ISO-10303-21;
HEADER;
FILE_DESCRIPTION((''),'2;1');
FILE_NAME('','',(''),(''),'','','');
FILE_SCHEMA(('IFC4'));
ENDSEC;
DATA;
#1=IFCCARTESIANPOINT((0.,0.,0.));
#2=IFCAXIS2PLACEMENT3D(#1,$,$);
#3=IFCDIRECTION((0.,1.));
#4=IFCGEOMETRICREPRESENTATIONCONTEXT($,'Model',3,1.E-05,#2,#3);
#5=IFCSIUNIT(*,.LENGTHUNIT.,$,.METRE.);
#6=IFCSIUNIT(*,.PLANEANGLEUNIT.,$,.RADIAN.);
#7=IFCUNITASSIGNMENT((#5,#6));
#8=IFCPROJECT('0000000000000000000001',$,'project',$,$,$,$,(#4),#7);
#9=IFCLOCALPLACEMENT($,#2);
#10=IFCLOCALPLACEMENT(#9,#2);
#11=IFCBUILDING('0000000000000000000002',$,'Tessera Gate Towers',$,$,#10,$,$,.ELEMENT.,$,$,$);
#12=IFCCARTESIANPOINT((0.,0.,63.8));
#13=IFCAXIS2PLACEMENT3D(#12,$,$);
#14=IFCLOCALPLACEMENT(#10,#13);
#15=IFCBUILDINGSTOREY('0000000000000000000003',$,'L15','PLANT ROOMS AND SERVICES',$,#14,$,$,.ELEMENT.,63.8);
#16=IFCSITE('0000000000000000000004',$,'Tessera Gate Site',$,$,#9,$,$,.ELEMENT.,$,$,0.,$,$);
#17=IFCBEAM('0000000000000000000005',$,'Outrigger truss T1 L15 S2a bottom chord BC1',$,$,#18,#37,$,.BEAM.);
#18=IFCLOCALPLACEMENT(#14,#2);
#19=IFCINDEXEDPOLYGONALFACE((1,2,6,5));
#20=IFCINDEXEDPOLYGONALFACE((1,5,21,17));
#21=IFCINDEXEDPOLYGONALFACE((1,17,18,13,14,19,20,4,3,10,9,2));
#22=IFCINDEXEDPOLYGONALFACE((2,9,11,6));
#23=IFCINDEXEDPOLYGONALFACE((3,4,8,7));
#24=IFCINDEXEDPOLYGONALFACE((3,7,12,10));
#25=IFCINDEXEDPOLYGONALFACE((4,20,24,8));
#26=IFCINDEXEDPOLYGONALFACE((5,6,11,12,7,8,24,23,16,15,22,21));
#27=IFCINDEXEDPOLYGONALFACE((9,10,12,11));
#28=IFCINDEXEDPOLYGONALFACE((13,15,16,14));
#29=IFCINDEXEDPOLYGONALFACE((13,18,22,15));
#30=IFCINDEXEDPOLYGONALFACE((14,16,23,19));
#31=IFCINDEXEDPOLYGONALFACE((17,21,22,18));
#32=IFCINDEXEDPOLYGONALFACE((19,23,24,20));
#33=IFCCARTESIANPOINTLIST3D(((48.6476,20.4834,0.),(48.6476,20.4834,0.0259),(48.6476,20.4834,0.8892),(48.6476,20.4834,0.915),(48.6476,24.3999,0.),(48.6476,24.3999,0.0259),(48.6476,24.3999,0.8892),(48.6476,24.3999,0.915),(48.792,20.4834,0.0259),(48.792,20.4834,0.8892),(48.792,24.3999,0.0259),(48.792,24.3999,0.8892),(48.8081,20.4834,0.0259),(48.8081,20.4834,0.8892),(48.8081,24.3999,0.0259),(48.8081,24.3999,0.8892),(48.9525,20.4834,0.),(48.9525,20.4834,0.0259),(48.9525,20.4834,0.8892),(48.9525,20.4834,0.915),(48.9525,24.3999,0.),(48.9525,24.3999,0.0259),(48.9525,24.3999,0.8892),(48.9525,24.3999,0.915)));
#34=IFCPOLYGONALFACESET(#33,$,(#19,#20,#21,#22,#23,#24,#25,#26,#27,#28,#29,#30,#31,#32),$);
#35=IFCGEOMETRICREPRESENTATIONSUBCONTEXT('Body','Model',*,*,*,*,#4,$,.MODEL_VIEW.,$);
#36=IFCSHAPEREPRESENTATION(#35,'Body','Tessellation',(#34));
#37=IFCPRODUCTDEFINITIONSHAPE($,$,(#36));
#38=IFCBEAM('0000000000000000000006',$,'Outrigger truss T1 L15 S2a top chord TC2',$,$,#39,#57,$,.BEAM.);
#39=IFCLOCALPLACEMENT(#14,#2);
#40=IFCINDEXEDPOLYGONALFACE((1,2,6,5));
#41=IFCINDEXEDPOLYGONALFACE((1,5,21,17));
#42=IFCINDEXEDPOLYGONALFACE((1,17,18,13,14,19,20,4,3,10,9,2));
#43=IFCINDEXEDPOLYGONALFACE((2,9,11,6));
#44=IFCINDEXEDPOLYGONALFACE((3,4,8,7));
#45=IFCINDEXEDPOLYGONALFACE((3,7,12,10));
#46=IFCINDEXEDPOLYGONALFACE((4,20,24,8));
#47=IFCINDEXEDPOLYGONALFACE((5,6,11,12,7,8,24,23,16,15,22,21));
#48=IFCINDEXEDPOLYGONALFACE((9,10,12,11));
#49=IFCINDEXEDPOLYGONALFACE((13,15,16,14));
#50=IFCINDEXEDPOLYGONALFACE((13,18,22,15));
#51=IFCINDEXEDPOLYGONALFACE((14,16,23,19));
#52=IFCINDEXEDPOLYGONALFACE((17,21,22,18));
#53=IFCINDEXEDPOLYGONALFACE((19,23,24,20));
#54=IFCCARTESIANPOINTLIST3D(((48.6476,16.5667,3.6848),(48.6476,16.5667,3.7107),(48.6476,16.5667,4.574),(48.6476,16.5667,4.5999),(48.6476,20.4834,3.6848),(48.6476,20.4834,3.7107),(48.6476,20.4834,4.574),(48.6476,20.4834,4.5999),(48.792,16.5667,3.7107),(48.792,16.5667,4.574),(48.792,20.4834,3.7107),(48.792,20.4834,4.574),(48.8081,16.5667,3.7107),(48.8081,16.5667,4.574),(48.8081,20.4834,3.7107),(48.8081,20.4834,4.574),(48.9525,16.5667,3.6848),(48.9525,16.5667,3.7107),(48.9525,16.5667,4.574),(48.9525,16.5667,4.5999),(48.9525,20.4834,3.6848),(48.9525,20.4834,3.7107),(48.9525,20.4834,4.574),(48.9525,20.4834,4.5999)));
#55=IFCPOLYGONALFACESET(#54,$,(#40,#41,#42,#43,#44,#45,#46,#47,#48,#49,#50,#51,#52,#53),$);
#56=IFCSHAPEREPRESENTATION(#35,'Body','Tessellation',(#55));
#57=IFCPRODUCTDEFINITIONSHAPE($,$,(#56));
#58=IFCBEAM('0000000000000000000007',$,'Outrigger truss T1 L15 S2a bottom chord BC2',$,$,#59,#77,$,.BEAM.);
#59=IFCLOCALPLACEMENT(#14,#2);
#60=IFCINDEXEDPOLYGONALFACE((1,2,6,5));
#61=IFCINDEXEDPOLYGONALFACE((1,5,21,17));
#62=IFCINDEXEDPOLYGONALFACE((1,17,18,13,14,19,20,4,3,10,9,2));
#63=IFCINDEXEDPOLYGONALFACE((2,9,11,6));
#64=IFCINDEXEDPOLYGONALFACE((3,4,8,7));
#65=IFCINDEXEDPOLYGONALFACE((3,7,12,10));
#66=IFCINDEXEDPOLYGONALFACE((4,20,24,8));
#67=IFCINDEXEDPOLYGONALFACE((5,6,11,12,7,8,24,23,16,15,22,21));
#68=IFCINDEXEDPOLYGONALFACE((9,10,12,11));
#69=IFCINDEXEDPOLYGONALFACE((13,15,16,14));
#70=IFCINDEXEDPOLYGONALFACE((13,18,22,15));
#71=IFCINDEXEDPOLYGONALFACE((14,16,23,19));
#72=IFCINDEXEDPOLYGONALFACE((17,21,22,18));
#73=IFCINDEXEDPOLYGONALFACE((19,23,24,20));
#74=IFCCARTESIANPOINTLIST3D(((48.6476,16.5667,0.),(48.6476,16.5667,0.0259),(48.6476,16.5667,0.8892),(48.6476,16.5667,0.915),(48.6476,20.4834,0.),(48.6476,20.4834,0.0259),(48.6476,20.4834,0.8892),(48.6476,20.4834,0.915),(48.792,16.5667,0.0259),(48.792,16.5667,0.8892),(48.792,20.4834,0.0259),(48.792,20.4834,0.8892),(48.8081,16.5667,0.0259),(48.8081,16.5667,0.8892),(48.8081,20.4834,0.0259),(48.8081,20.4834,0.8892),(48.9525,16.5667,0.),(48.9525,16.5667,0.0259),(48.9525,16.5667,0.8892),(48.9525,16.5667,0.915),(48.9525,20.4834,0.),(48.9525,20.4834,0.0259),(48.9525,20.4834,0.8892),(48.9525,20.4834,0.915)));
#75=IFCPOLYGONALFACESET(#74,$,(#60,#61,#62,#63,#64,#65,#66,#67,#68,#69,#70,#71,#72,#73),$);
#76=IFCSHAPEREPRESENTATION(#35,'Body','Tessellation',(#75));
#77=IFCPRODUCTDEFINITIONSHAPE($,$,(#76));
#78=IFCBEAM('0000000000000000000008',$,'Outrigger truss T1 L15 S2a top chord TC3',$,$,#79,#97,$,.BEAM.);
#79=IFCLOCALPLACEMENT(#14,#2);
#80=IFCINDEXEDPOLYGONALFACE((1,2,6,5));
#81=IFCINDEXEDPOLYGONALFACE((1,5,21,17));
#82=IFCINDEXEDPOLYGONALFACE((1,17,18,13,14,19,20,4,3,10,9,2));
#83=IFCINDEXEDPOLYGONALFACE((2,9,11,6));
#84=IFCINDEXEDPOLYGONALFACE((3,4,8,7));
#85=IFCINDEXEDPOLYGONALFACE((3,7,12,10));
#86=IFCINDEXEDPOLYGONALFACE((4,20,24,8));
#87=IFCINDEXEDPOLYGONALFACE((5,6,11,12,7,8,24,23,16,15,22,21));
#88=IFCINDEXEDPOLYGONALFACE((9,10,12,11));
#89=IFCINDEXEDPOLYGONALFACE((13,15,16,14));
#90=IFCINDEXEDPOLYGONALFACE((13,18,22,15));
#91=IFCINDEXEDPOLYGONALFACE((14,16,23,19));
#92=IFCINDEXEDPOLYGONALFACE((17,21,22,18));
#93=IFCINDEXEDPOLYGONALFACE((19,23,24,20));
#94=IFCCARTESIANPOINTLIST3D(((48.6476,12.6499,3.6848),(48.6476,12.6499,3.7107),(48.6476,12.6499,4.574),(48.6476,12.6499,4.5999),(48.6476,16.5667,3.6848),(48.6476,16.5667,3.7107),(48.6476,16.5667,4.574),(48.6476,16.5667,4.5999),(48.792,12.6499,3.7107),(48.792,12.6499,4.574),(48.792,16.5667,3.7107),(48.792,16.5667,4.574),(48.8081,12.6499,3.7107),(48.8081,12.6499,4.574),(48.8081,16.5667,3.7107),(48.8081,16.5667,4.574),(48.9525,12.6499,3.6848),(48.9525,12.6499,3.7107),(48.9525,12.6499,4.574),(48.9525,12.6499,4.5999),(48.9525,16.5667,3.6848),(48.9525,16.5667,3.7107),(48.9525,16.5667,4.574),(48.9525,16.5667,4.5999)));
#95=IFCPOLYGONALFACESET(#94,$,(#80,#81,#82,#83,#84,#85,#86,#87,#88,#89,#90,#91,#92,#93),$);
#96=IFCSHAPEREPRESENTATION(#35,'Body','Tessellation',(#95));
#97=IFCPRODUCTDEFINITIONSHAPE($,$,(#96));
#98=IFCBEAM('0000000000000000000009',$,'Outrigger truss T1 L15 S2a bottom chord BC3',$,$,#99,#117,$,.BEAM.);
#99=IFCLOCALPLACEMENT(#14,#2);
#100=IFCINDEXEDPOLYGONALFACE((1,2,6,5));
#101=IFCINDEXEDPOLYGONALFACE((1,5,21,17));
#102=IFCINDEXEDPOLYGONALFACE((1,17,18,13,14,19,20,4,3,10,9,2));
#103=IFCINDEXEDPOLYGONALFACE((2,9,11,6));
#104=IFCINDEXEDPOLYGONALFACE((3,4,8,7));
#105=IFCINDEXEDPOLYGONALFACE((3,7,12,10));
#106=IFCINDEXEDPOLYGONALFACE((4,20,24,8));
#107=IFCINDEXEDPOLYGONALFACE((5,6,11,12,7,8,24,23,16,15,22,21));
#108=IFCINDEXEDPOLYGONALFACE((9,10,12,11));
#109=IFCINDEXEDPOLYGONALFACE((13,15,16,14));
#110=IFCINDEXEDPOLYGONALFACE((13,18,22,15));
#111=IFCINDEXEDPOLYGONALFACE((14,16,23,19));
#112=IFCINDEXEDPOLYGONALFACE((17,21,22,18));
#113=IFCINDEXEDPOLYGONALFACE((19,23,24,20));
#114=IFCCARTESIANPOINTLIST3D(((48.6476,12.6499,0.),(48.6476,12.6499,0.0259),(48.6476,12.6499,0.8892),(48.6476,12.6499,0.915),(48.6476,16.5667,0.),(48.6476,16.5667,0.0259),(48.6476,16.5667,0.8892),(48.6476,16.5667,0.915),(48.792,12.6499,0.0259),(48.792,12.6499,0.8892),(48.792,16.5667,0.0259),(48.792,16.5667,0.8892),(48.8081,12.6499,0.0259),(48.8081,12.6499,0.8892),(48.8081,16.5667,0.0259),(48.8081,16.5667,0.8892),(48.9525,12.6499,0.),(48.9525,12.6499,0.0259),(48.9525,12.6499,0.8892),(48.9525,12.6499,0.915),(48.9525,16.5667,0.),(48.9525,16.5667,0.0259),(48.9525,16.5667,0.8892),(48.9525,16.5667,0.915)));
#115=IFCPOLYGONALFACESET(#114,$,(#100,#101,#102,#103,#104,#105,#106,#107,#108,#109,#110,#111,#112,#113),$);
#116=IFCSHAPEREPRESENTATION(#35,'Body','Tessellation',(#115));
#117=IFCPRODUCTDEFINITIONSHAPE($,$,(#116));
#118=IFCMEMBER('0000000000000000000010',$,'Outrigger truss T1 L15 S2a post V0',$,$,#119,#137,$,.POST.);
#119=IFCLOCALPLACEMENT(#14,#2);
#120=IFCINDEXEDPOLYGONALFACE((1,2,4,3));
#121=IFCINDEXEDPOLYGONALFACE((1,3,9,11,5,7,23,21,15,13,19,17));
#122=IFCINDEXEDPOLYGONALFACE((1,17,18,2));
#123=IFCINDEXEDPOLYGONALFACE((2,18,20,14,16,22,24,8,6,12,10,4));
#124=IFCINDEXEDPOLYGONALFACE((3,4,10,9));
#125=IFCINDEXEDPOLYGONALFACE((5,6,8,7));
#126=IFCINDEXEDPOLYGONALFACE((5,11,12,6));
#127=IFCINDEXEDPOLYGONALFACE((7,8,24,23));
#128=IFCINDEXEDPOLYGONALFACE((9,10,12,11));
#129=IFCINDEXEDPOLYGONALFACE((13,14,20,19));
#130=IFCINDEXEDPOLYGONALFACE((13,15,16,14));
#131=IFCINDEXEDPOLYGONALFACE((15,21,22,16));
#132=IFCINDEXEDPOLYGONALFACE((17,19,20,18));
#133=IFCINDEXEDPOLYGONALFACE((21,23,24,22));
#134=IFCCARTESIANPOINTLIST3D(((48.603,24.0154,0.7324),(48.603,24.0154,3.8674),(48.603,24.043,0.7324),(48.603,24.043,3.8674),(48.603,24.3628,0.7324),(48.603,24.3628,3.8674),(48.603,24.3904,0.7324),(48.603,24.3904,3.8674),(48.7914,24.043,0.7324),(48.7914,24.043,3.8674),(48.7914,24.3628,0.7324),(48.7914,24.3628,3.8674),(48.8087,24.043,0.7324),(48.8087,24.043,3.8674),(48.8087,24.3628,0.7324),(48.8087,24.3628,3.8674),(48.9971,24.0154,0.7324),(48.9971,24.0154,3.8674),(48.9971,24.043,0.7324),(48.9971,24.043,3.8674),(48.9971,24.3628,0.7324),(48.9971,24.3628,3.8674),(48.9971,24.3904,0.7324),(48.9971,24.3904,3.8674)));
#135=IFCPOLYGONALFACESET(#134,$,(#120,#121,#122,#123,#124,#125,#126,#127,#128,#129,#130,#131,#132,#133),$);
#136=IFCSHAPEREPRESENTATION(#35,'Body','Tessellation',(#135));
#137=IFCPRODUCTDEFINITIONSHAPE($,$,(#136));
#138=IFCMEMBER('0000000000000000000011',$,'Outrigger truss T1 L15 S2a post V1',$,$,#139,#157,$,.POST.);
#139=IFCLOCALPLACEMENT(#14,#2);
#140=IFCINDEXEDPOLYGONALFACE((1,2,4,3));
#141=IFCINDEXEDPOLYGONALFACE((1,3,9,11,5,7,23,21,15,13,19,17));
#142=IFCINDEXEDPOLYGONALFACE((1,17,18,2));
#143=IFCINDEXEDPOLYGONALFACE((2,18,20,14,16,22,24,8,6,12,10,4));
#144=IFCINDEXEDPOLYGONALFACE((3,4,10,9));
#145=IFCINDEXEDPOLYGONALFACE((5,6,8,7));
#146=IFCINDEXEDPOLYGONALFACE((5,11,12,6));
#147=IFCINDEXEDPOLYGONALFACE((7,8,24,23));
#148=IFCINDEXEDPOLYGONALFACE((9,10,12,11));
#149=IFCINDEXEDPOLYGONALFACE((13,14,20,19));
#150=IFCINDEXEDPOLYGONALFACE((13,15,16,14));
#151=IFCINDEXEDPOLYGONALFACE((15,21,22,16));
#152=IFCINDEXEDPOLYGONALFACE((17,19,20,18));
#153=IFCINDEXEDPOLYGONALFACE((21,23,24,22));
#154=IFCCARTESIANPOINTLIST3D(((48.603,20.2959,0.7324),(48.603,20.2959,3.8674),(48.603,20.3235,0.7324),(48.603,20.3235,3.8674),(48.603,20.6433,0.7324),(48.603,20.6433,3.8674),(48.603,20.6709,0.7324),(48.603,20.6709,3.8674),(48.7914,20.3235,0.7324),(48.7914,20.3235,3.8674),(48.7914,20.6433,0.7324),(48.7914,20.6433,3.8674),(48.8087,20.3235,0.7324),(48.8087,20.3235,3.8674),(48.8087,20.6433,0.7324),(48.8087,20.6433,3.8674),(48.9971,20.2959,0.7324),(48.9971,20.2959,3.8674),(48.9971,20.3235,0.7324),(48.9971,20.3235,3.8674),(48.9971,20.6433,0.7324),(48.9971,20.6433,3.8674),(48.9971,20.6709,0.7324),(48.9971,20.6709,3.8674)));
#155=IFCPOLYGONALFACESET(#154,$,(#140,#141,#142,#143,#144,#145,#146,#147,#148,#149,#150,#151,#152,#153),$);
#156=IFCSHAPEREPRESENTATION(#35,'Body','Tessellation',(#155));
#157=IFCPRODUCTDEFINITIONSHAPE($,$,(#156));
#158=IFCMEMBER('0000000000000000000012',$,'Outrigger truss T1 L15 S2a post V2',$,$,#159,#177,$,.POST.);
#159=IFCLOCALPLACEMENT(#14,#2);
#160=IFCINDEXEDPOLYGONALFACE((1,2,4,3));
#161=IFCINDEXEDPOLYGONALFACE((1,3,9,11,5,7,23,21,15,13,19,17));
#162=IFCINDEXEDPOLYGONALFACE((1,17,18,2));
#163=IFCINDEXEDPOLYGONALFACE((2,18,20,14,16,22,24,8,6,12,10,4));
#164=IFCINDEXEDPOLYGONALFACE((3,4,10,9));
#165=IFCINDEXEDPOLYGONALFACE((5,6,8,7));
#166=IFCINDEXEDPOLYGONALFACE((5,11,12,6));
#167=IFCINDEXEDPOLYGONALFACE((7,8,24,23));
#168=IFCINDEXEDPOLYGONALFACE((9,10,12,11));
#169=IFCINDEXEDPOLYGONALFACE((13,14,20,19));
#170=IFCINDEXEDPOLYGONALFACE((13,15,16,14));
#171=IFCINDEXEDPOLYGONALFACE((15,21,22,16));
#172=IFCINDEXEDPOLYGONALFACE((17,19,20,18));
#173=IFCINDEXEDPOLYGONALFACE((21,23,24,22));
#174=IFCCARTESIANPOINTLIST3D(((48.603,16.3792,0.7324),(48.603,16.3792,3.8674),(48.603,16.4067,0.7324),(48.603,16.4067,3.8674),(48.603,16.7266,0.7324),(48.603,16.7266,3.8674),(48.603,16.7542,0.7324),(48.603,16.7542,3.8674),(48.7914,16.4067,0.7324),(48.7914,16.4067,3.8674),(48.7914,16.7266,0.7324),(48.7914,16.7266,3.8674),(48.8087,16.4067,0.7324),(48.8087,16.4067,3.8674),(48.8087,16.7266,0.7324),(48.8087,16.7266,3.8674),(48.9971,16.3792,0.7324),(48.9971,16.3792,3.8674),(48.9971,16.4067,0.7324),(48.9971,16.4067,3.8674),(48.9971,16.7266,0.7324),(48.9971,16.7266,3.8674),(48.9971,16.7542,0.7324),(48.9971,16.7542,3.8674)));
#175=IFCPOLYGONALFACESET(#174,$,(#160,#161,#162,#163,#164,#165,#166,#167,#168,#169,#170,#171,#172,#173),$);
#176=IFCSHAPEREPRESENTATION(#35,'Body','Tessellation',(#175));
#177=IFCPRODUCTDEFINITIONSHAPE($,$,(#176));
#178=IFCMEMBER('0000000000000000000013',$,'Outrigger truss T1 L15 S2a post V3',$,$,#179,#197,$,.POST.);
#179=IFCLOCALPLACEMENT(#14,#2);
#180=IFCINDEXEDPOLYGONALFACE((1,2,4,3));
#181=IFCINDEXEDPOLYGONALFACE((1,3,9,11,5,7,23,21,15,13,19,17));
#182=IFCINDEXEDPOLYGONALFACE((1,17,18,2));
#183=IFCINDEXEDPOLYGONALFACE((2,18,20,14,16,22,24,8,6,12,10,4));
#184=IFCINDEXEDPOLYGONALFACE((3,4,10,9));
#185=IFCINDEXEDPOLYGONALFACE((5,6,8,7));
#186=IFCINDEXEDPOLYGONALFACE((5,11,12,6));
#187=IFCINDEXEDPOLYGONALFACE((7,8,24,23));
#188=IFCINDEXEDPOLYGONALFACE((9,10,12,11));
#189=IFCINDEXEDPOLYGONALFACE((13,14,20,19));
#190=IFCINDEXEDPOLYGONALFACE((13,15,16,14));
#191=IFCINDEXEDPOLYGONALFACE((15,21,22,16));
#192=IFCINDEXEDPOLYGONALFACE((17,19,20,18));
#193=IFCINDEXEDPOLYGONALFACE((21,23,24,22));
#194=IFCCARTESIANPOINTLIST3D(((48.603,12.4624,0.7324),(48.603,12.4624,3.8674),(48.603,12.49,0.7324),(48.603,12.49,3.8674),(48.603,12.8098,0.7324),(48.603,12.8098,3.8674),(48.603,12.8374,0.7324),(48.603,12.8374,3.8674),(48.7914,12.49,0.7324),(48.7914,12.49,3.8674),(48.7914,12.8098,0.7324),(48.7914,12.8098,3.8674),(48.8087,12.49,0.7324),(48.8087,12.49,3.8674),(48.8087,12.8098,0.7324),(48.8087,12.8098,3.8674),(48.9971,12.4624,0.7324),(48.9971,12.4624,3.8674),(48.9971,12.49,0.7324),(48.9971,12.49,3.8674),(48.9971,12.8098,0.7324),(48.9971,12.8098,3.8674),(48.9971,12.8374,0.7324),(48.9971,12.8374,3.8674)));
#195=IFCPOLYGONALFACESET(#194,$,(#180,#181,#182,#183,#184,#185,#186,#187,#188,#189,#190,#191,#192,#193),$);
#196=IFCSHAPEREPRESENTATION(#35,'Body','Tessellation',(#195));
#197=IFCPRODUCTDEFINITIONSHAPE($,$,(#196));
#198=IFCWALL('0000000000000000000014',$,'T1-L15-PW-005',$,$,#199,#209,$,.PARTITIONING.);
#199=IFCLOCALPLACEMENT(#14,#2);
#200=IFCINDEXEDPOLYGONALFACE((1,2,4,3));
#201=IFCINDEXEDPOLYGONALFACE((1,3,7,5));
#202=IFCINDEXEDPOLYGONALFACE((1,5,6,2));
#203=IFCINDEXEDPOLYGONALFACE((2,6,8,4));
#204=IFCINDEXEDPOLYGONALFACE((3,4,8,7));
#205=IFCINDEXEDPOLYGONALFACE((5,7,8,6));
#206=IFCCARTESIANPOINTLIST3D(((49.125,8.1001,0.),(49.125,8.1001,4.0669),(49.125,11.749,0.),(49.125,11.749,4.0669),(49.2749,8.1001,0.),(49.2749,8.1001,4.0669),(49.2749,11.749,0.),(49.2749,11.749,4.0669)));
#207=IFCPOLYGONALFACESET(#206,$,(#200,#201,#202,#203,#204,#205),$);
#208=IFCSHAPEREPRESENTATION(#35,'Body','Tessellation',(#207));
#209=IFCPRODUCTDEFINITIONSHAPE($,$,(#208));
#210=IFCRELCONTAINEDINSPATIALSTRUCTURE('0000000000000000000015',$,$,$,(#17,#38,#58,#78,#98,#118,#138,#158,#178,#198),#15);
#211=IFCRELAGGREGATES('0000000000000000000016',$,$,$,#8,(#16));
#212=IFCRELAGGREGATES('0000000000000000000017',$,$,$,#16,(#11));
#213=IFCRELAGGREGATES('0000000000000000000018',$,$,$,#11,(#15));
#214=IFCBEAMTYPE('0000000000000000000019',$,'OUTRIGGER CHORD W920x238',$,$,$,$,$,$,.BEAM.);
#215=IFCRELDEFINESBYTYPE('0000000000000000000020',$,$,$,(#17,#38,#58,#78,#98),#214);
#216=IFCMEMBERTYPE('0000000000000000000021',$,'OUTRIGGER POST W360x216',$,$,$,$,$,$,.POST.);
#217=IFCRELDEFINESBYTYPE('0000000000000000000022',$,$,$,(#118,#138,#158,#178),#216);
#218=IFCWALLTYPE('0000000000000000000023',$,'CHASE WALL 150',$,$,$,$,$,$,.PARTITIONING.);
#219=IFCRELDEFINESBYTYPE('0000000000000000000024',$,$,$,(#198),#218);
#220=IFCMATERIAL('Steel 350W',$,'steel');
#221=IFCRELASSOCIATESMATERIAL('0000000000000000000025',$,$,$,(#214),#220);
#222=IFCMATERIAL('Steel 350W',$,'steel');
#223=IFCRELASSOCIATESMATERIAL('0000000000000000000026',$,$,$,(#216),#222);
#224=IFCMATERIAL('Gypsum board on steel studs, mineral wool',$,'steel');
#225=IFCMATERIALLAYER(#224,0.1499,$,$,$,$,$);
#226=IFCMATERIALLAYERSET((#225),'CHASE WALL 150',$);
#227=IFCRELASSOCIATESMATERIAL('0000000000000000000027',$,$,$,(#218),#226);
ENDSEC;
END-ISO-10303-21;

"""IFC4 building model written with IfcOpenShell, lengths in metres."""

from ifc_helpers import new_model, si_unit, direction, frame, frame_2d, origin, origin_2d, place, context, subcontext, project, spatial, rectangle, i_section, extrude, material, layer, layer_set, material_profile, profile_set, type_object, element, save


model = new_model("IFC4")

# Units and contexts
model_context = context("Model", 3, precision=1e-05, world=origin(), true_north=direction((0.0, 1.0)))
body_context = subcontext(model_context, "Body", "Model", "MODEL_VIEW")
ifc_project = project(units=[si_unit("LENGTHUNIT", "METRE"), si_unit("PLANEANGLEUNIT", "RADIAN")], contexts=[model_context])

# Site, building, storey
site_placement = place(None, origin())
site = spatial("IfcSite", under=ifc_project, at=site_placement, Name="Tessera Gate Site", CompositionType="ELEMENT", RefElevation=0.0)
building_placement = place(site_placement, origin())
building = spatial("IfcBuilding", under=site, at=building_placement, Name="Tessera Gate Towers", CompositionType="ELEMENT")
storey_placement = place(building_placement, frame((0.0, 0.0, 63.8)))
storey = spatial("IfcBuildingStorey", under=building, at=storey_placement, Name="L15", Description="PLANT ROOMS AND SERVICES", CompositionType="ELEMENT", Elevation=63.8)

# Beams
ifc_material_1 = material(Name="Steel 350W", Category="steel")
ifc_material_profile_1 = material_profile(ifc_material_1, i_section(OverallWidth=0.3049, OverallDepth=0.915, WebThickness=0.0161, FlangeThickness=0.0259, at=origin_2d()), Name="W920x238")
ifc_profile_set_1 = profile_set([ifc_material_profile_1], Name="Steel 350W")
beam_type_1 = type_object("IfcBeamType", Name="OUTRIGGER CHORD W920x238", PredefinedType="BEAM", material=ifc_profile_set_1)
beam_1_placement = place(storey_placement, frame((48.8, 24.3999, 0.4575), z_axis=(0.0, -1.0, 0.0), x_axis=(1.0, 0.0, 0.0)))
element("IfcBeam", 1, at=beam_1_placement, inside=storey, type_object=beam_type_1, Name="Outrigger truss T1 L15 S2a bottom chord BC1", PredefinedType="BEAM", context=body_context, shape_type="SweptSolid", body=[
    extrude(i_section(OverallWidth=0.3049, OverallDepth=0.915, WebThickness=0.0161, FlangeThickness=0.0259, at=origin_2d()), origin(), (0.0, 0.0, 1.0), 3.9165),
])
for number, where, z_axis, x_axis, name in (
    (2, (48.8, 20.4834, 4.1423), (0.0, -1.0, 0.0), (1.0, 0.0, 0.0), "Outrigger truss T1 L15 S2a top chord TC2"),
    (3, (48.8, 20.4834, 0.4575), (0.0, -1.0, 0.0), (1.0, 0.0, 0.0), "Outrigger truss T1 L15 S2a bottom chord BC2"),
    (4, (48.8, 16.5667, 4.1423), (0.0, -1.0, 0.0), (1.0, 0.0, 0.0), "Outrigger truss T1 L15 S2a top chord TC3"),
    (5, (48.8, 16.5667, 0.4575), (0.0, -1.0, 0.0), (1.0, 0.0, 0.0), "Outrigger truss T1 L15 S2a bottom chord BC3"),
):
    element("IfcBeam", number, at=place(storey_placement, frame(where, z_axis=z_axis, x_axis=x_axis)), inside=storey, type_object=beam_type_1, Name=name, PredefinedType="BEAM", context=body_context, shape_type="SweptSolid", body=[
        extrude(i_section(OverallWidth=0.3049, OverallDepth=0.915, WebThickness=0.0161, FlangeThickness=0.0259, at=origin_2d()), origin(), (0.0, 0.0, 1.0), 3.9167),
    ])

# Members
ifc_material_2 = material(Name="Steel 350W", Category="steel")
ifc_material_profile_2 = material_profile(ifc_material_2, i_section(OverallWidth=0.394, OverallDepth=0.375, WebThickness=0.0173, FlangeThickness=0.0276, at=origin_2d()), Name="W360x216")
ifc_profile_set_2 = profile_set([ifc_material_profile_2], Name="Steel 350W")
member_type_1 = type_object("IfcMemberType", Name="OUTRIGGER POST W360x216", PredefinedType="POST", material=ifc_profile_set_2)
for number, where, z_axis, x_axis, name in (
    (6, (48.8, 24.2029, 0.7324), (0.0, 0.0, 1.0), (1.0, 0.0, 0.0), "Outrigger truss T1 L15 S2a post V0"),
    (7, (48.8, 20.4834, 0.7324), (0.0, 0.0, 1.0), (1.0, 0.0, 0.0), "Outrigger truss T1 L15 S2a post V1"),
    (8, (48.8, 16.5667, 0.7324), (0.0, 0.0, 1.0), (1.0, 0.0, 0.0), "Outrigger truss T1 L15 S2a post V2"),
    (9, (48.8, 12.6499, 0.7324), (0.0, 0.0, 1.0), (1.0, 0.0, 0.0), "Outrigger truss T1 L15 S2a post V3"),
):
    element("IfcMember", number, at=place(storey_placement, frame(where, z_axis=z_axis, x_axis=x_axis)), inside=storey, type_object=member_type_1, Name=name, PredefinedType="POST", context=body_context, shape_type="SweptSolid", body=[
        extrude(i_section(OverallWidth=0.394, OverallDepth=0.375, WebThickness=0.0173, FlangeThickness=0.0276, at=origin_2d()), origin(), (0.0, 0.0, 1.0), 3.135),
    ])

# Wall
ifc_material_3 = material(Name="Gypsum board on steel studs, mineral wool", Category="steel")
ifc_layer_1 = layer(ifc_material_3, 0.1499)
ifc_layer_set_1 = layer_set([ifc_layer_1], Name="CHASE WALL 150")
wall_type_1 = type_object("IfcWallType", Name="CHASE WALL 150", PredefinedType="PARTITIONING", material=ifc_layer_set_1)
wall_1_placement = place(storey_placement, frame((49.2, 8.1001, 0.0), z_axis=(0.0, 0.0, 1.0), x_axis=(0.0, 1.0, 0.0)))
element("IfcWall", 10, at=wall_1_placement, inside=storey, type_object=wall_type_1, Name="T1-L15-PW-005", PredefinedType="PARTITIONING", context=body_context, shape_type="SweptSolid", body=[
    extrude(rectangle(XDim=3.6489, YDim=0.1499, at=frame_2d((1.8245, 0.0))), origin(), (0.0, 0.0, 1.0), 4.0669),
])

save(model, "model.ifc")
